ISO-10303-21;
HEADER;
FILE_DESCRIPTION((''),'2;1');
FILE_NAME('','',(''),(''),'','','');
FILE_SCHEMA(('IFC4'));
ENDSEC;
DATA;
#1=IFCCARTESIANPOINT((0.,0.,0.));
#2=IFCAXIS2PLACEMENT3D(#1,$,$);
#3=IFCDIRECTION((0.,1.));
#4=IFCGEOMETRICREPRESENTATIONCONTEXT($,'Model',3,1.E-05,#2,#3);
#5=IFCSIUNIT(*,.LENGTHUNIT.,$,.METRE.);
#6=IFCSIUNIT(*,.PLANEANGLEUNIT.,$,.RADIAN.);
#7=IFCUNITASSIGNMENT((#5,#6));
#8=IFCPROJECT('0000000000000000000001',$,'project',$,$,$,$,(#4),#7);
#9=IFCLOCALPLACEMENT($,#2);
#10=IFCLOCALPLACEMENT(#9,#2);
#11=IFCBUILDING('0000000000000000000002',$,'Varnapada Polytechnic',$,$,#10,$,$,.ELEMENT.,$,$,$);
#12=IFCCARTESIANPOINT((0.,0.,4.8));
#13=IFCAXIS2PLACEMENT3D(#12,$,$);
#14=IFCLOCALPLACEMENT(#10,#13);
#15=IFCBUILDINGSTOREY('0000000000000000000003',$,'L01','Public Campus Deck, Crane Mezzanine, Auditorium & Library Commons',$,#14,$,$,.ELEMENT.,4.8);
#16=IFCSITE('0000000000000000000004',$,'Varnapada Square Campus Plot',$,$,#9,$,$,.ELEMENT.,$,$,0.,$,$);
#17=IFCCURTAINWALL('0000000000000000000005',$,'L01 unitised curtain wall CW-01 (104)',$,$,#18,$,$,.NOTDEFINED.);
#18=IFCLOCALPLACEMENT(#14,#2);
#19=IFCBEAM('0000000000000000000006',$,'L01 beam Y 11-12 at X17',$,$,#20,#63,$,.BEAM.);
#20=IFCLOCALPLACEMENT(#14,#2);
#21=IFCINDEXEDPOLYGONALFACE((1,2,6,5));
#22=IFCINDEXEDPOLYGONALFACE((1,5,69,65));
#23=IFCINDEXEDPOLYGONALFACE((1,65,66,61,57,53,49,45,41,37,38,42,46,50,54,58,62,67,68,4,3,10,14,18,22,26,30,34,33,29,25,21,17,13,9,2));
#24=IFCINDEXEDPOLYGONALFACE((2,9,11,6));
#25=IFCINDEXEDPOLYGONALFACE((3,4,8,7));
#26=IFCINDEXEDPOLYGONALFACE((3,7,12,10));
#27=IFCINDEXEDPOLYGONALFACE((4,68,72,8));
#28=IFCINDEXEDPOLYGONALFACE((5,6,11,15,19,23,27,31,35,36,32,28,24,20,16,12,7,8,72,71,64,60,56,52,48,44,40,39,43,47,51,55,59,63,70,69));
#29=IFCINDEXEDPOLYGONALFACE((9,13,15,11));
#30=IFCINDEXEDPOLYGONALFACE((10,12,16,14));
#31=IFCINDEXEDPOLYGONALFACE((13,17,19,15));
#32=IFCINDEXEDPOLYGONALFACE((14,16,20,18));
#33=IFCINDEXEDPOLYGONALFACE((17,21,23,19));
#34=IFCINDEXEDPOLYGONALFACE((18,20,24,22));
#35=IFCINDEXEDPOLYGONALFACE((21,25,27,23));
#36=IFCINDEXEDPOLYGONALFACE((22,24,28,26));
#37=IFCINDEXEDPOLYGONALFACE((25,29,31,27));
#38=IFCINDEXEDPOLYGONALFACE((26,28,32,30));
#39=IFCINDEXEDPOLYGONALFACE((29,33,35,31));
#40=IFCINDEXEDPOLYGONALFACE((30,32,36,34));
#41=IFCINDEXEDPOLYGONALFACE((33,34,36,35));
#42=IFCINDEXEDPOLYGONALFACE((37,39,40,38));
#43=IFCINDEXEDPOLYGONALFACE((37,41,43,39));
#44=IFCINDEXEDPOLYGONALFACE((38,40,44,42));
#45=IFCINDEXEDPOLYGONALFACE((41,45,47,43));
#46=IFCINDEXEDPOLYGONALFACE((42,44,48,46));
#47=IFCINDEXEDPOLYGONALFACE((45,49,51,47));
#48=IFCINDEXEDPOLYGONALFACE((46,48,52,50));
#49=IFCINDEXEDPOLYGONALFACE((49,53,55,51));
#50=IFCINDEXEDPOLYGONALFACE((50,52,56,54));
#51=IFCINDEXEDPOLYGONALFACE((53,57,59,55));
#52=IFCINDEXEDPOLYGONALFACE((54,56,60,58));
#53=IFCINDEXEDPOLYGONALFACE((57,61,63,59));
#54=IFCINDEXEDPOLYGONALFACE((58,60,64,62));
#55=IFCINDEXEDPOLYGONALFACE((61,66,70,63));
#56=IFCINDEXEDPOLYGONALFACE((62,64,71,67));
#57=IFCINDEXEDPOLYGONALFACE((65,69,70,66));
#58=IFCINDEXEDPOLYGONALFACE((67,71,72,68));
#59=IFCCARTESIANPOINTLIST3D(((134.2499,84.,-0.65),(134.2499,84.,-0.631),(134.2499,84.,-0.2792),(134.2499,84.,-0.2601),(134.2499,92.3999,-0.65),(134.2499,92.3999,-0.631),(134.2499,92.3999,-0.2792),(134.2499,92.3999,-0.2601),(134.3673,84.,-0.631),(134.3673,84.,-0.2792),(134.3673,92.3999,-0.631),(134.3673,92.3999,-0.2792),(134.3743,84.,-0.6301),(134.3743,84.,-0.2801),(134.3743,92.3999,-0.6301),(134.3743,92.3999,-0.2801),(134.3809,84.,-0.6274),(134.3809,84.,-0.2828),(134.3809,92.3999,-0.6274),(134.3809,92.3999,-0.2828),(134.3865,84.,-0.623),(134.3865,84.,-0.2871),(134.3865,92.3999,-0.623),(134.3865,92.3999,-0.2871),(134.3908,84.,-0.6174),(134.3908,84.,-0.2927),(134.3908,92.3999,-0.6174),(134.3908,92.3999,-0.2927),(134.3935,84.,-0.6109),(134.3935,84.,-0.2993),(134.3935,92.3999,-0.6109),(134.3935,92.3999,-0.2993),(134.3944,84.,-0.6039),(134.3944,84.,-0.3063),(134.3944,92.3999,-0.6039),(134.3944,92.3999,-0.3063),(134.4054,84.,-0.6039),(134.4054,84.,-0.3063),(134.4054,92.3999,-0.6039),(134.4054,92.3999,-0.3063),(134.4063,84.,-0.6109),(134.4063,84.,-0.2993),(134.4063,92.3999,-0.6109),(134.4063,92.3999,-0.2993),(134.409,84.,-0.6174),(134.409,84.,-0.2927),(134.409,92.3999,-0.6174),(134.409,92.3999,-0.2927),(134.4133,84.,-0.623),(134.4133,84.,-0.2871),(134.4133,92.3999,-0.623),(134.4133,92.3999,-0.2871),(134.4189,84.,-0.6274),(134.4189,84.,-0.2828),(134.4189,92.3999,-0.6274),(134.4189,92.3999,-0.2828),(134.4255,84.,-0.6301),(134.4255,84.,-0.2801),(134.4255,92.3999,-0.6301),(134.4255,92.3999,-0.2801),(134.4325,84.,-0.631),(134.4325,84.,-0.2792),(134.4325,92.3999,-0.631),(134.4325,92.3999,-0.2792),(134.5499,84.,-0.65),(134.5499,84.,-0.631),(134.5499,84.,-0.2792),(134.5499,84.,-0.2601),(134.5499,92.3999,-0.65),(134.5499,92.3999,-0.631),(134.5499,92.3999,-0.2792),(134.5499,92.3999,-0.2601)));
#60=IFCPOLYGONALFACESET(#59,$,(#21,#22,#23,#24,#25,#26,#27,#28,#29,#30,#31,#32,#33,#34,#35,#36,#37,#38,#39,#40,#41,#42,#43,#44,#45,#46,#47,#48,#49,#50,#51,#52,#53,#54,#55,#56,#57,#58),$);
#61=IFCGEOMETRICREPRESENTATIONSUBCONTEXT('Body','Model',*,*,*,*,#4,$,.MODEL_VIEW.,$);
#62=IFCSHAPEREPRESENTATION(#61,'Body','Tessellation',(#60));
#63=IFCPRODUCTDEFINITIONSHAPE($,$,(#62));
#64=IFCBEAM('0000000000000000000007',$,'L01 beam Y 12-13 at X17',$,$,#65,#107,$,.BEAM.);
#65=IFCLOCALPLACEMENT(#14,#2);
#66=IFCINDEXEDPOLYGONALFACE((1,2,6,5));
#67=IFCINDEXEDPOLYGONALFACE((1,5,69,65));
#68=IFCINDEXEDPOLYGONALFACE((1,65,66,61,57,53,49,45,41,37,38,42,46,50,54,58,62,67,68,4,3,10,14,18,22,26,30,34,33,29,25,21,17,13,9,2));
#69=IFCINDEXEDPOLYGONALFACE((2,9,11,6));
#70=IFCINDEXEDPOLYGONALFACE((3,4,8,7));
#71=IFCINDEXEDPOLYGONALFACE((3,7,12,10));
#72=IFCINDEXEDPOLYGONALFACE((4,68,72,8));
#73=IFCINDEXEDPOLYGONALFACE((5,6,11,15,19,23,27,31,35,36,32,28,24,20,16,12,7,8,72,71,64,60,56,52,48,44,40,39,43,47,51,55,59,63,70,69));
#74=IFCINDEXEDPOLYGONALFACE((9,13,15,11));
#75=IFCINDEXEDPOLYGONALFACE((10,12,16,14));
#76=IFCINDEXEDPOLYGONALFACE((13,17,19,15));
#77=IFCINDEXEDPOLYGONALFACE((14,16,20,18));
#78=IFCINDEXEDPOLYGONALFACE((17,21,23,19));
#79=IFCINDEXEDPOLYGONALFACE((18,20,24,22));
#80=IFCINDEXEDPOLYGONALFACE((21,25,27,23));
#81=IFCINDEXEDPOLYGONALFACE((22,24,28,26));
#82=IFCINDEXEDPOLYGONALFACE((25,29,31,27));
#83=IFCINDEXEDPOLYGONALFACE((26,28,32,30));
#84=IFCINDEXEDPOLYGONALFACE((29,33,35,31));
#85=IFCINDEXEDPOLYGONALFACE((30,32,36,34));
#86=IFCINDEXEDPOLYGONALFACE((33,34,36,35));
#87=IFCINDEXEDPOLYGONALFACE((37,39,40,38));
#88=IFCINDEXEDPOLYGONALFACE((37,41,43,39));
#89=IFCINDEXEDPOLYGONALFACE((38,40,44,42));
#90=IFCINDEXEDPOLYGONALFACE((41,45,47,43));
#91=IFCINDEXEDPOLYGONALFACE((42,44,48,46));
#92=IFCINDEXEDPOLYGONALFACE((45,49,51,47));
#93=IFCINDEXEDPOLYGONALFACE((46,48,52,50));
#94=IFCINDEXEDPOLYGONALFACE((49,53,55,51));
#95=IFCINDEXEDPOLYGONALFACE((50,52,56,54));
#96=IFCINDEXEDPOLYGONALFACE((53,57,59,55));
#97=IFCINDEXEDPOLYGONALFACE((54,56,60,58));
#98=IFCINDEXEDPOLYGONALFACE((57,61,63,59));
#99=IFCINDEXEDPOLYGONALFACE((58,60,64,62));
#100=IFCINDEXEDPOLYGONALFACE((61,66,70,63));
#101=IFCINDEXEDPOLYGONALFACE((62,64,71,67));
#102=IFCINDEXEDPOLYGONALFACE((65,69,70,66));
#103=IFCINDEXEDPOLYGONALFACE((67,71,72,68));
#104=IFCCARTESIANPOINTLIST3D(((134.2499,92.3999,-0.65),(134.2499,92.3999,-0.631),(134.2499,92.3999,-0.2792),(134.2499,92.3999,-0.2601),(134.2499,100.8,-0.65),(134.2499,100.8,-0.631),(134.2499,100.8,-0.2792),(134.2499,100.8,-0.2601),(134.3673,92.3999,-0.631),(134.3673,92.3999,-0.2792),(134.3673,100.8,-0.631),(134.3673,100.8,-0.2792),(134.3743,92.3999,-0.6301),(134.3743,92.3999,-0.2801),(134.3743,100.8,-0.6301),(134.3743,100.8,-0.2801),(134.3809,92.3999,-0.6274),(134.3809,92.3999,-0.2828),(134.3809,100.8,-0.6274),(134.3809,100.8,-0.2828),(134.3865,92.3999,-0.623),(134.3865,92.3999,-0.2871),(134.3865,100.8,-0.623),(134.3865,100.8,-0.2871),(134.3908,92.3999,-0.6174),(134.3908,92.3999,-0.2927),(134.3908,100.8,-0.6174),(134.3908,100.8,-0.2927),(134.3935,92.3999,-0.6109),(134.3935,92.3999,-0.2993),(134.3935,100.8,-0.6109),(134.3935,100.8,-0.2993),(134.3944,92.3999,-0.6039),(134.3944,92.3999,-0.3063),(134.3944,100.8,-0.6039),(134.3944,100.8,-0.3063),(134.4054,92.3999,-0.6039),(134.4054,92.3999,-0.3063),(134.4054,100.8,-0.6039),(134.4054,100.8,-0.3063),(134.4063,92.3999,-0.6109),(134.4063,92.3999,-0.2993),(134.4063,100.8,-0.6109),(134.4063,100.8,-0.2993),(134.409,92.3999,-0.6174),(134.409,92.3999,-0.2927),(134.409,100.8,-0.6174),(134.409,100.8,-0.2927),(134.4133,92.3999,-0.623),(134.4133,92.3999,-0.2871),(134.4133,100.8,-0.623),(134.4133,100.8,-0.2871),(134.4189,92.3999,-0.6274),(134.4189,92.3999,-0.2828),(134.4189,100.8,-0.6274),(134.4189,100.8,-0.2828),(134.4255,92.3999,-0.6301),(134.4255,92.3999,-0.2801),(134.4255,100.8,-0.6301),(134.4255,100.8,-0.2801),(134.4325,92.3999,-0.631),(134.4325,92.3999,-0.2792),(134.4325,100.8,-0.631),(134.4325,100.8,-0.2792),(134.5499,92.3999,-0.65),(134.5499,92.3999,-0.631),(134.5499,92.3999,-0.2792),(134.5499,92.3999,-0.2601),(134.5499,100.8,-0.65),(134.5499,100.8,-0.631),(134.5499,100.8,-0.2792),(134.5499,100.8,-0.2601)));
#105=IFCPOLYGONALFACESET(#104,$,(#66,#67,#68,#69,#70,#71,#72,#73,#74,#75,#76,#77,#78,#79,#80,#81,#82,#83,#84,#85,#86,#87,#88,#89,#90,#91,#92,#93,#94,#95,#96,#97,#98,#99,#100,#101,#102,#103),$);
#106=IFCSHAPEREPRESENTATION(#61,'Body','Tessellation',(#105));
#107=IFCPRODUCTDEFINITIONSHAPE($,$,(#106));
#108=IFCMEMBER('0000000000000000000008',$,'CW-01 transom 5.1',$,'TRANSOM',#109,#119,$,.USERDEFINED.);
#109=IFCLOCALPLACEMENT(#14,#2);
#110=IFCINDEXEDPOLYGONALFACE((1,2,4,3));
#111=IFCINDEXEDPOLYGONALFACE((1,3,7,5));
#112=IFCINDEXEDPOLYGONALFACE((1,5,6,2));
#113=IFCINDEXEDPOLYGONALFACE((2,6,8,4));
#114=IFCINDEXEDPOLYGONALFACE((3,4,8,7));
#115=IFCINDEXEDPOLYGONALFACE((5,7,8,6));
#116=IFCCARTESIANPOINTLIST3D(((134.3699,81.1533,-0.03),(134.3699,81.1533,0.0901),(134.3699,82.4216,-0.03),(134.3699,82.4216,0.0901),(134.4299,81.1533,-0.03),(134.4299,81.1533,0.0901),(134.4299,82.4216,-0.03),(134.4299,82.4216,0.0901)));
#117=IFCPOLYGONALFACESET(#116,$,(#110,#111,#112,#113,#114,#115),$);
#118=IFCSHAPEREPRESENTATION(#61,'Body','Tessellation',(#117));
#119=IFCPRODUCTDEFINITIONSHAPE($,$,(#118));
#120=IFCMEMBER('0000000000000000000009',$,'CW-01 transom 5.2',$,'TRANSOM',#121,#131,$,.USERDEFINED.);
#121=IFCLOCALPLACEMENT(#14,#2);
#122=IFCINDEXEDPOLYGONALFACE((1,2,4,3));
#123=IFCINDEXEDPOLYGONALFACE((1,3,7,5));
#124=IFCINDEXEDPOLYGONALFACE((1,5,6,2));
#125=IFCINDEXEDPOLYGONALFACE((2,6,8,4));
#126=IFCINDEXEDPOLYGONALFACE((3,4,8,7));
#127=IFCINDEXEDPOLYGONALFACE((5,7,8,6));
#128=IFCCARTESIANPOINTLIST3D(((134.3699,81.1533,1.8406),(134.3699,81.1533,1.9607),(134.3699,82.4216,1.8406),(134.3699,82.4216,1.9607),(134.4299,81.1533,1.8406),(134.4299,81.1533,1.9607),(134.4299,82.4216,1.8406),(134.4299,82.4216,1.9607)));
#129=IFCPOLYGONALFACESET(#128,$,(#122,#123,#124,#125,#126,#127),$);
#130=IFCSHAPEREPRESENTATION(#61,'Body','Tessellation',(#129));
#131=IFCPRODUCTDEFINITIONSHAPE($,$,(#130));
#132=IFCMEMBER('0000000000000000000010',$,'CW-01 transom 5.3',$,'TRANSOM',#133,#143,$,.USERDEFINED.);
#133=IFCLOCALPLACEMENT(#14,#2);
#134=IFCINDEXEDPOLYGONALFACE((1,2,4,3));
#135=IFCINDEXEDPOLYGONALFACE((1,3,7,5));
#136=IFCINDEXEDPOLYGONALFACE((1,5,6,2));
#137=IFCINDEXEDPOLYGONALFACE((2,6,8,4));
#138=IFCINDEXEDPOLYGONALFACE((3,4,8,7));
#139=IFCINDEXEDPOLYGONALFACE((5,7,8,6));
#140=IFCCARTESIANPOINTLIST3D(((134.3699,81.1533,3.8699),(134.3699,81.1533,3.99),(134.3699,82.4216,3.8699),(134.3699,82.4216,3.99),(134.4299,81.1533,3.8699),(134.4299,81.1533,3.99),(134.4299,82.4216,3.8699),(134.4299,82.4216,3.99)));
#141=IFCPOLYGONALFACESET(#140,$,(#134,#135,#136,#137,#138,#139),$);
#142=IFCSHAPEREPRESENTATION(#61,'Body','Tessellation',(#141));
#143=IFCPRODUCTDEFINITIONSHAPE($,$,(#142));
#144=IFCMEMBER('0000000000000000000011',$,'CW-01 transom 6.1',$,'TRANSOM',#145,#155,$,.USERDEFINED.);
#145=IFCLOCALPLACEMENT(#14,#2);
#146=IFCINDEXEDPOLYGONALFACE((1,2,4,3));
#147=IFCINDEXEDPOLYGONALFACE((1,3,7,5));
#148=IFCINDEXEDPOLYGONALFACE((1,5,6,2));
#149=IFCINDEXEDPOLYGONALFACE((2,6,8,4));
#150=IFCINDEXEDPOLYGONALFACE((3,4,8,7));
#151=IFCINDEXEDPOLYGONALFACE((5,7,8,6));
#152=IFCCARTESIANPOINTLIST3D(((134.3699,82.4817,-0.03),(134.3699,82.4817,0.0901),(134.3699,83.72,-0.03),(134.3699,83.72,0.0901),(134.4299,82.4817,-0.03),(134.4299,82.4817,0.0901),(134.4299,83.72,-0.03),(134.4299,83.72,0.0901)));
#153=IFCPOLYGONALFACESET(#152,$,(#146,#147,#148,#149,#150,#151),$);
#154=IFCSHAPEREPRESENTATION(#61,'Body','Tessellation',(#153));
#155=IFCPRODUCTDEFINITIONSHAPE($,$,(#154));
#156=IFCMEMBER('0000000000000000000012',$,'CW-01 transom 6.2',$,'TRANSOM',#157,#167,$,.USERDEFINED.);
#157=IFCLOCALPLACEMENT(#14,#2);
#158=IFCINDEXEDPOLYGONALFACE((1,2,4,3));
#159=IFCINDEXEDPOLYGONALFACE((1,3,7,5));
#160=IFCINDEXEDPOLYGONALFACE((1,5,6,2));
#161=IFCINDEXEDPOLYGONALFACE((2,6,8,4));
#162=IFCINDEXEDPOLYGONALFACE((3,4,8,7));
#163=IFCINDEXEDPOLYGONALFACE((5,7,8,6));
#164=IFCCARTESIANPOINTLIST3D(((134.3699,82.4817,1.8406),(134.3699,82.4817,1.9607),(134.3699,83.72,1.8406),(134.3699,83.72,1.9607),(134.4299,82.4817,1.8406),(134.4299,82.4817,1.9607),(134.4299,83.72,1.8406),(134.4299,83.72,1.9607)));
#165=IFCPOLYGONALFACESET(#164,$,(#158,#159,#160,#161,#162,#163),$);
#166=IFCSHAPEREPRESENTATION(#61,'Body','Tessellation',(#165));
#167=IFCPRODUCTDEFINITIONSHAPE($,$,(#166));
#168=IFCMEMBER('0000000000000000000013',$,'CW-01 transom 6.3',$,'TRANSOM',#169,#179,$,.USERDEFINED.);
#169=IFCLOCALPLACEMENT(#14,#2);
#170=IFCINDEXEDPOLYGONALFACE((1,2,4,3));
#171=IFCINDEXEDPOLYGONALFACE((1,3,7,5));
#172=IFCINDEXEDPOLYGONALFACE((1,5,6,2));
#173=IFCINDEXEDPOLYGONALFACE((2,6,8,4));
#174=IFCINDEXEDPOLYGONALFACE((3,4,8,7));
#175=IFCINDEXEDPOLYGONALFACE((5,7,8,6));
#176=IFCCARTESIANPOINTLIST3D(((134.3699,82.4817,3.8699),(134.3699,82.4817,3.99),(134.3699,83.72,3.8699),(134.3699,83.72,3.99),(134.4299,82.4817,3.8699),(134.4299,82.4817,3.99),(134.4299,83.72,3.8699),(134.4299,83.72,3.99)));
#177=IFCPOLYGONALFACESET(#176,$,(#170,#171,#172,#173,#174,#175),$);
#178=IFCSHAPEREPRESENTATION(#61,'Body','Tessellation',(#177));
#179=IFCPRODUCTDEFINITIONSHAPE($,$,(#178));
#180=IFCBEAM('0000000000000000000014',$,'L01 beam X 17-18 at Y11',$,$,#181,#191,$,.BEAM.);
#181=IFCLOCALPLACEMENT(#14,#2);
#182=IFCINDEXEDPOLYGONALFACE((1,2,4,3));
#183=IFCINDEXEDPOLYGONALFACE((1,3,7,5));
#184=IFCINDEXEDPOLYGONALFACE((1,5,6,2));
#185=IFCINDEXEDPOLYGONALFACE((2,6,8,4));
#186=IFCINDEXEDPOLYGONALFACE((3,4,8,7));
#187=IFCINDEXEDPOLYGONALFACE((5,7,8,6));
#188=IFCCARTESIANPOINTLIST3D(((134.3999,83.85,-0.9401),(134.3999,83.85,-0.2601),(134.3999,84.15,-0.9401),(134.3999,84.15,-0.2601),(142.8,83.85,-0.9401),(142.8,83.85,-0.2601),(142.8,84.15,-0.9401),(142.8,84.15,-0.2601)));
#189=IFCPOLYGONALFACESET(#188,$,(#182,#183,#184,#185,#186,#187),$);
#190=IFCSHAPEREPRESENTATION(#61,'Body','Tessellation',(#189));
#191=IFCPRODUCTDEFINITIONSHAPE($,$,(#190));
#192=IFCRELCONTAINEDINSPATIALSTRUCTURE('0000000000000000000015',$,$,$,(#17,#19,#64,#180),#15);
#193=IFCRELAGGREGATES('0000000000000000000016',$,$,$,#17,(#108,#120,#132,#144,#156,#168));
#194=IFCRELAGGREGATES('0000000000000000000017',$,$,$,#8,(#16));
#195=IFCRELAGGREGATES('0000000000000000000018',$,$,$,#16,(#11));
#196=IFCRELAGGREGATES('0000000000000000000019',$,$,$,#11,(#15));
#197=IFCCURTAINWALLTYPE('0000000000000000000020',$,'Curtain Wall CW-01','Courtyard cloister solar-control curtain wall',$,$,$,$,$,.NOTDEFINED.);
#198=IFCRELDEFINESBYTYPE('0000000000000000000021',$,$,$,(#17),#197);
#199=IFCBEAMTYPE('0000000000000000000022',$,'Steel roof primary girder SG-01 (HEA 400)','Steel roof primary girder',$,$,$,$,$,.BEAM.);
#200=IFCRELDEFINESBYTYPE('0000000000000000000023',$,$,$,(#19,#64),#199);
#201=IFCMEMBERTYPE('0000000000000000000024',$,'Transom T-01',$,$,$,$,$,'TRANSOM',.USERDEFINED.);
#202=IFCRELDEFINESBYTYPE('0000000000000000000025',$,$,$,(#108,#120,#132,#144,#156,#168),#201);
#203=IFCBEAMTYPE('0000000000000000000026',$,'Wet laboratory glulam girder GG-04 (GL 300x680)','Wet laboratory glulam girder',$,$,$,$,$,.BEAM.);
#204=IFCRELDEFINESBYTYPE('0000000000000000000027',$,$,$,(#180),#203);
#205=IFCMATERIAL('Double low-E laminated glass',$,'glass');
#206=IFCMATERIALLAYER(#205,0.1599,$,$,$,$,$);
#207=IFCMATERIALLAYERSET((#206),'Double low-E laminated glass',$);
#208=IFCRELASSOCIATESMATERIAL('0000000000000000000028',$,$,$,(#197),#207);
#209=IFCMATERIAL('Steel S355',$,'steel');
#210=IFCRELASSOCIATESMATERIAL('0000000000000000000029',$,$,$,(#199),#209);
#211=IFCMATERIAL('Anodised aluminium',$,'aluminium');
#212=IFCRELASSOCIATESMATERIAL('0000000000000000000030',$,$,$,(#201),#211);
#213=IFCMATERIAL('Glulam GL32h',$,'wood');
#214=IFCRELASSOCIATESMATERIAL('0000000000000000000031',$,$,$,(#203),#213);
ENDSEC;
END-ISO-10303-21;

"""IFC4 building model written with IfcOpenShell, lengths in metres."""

from ifc_helpers import new_model, si_unit, direction, frame, origin, origin_2d, place, context, subcontext, project, spatial, rectangle, i_section, extrude, material, layer, layer_set, material_profile, profile_set, type_object, element, aggregate, save


model = new_model("IFC4")

# Units and contexts
model_context = context("Model", 3, precision=1e-05, world=origin(), true_north=direction((0.0, 1.0)))
body_context = subcontext(model_context, "Body", "Model", "MODEL_VIEW")
ifc_project = project(units=[si_unit("LENGTHUNIT", "METRE"), si_unit("PLANEANGLEUNIT", "RADIAN")], contexts=[model_context])

# Site, building, storey
site_placement = place(None, origin())
site = spatial("IfcSite", under=ifc_project, at=site_placement, Name="Varnapada Square Campus Plot", CompositionType="ELEMENT", RefElevation=0.0)
building_placement = place(site_placement, origin())
building = spatial("IfcBuilding", under=site, at=building_placement, Name="Varnapada Polytechnic", CompositionType="ELEMENT")
storey_placement = place(building_placement, frame((0.0, 0.0, 4.8)))
storey = spatial("IfcBuildingStorey", under=building, at=storey_placement, Name="L01", Description="Public Campus Deck, Crane Mezzanine, Auditorium & Library Commons", CompositionType="ELEMENT", Elevation=4.8)

# Shared definitions
ifc_material_1 = material(Name="Steel S355", Category="steel")

# Shared definitions
ifc_material_2 = material(Name="Glulam GL32h", Category="wood")

# Curtain wall
ifc_material_3 = material(Name="Double low-E laminated glass", Category="glass")
ifc_layer_1 = layer(ifc_material_3, 0.1599)
ifc_layer_set_1 = layer_set([ifc_layer_1], Name="Double low-E laminated glass")
curtain_wall_type = type_object("IfcCurtainWallType", Name="Curtain Wall CW-01", Description="Courtyard cloister solar-control curtain wall", PredefinedType="NOTDEFINED", material=ifc_layer_set_1)
curtain_wall_placement = place(storey_placement, origin())
curtain_wall = element("IfcCurtainWall", 1, at=curtain_wall_placement, inside=storey, type_object=curtain_wall_type, Name="L01 unitised curtain wall CW-01 (104)", PredefinedType="NOTDEFINED")
ifc_material_4 = material(Name="Anodised aluminium", Category="aluminium")

# Beams
ifc_material_profile_1 = material_profile(ifc_material_1, i_section(OverallWidth=0.3, OverallDepth=0.3899, WebThickness=0.011, FlangeThickness=0.019, FilletRadius=0.0271, at=origin_2d()), Name="HEA 400")
ifc_profile_set_1 = profile_set([ifc_material_profile_1], Name="Steel S355")
beam_type_1 = type_object("IfcBeamType", Name="Steel roof primary girder SG-01 (HEA 400)", Description="Steel roof primary girder", PredefinedType="BEAM", material=ifc_profile_set_1)
beam_1_placement = place(storey_placement, frame((134.3999, 84.0, -0.4551), z_axis=(0.0, 1.0, 0.0), x_axis=(-1.0, 0.0, 0.0)))
element("IfcBeam", 2, at=beam_1_placement, inside=storey, type_object=beam_type_1, Name="L01 beam Y 11-12 at X17", PredefinedType="BEAM", context=body_context, shape_type="SweptSolid", body=[
    extrude(i_section(OverallWidth=0.3, OverallDepth=0.3899, WebThickness=0.011, FlangeThickness=0.019, FilletRadius=0.0271, at=origin_2d()), origin(), (0.0, 0.0, 1.0), 8.3999),
])
beam_2_placement = place(storey_placement, frame((134.3999, 92.3999, -0.4551), z_axis=(0.0, 1.0, 0.0), x_axis=(-1.0, 0.0, 0.0)))
element("IfcBeam", 3, at=beam_2_placement, inside=storey, type_object=beam_type_1, Name="L01 beam Y 12-13 at X17", PredefinedType="BEAM", context=body_context, shape_type="SweptSolid", body=[
    extrude(i_section(OverallWidth=0.3, OverallDepth=0.3899, WebThickness=0.011, FlangeThickness=0.019, FilletRadius=0.0271, at=origin_2d()), origin(), (0.0, 0.0, 1.0), 8.4001),
])

# Members
ifc_material_profile_2 = material_profile(ifc_material_4, rectangle(XDim=0.0601, YDim=0.1201, at=origin_2d()), Name="ALU T60x120")
ifc_profile_set_2 = profile_set([ifc_material_profile_2], Name="Anodised aluminium")
member_type_1 = type_object("IfcMemberType", Name="Transom T-01", ElementType="TRANSOM", PredefinedType="USERDEFINED", material=ifc_profile_set_2)
member_1_placement = place(storey_placement, frame((134.3999, 81.1533, 0.03), z_axis=(0.0, 1.0, 0.0), x_axis=(-1.0, 0.0, 0.0)))
member_1 = element("IfcMember", 4, at=member_1_placement, type_object=member_type_1, Name="CW-01 transom 5.1", ObjectType="TRANSOM", PredefinedType="USERDEFINED", context=body_context, shape_type="SweptSolid", body=[
    extrude(rectangle(XDim=0.0601, YDim=0.1201, at=origin_2d()), origin(), (0.0, 0.0, 1.0), 1.2683),
])
member_2_placement = place(storey_placement, frame((134.3999, 81.1533, 1.9006), z_axis=(0.0, 1.0, 0.0), x_axis=(-1.0, 0.0, 0.0)))
member_2 = element("IfcMember", 5, at=member_2_placement, type_object=member_type_1, Name="CW-01 transom 5.2", ObjectType="TRANSOM", PredefinedType="USERDEFINED", context=body_context, shape_type="SweptSolid", body=[
    extrude(rectangle(XDim=0.0601, YDim=0.1201, at=origin_2d()), origin(), (0.0, 0.0, 1.0), 1.2683),
])
member_3_placement = place(storey_placement, frame((134.3999, 81.1533, 3.9299), z_axis=(0.0, 1.0, 0.0), x_axis=(-1.0, 0.0, 0.0)))
member_3 = element("IfcMember", 6, at=member_3_placement, type_object=member_type_1, Name="CW-01 transom 5.3", ObjectType="TRANSOM", PredefinedType="USERDEFINED", context=body_context, shape_type="SweptSolid", body=[
    extrude(rectangle(XDim=0.0601, YDim=0.1201, at=origin_2d()), origin(), (0.0, 0.0, 1.0), 1.2683),
])
member_4_placement = place(storey_placement, frame((134.3999, 82.4817, 0.03), z_axis=(0.0, 1.0, 0.0), x_axis=(-1.0, 0.0, 0.0)))
member_4 = element("IfcMember", 7, at=member_4_placement, type_object=member_type_1, Name="CW-01 transom 6.1", ObjectType="TRANSOM", PredefinedType="USERDEFINED", context=body_context, shape_type="SweptSolid", body=[
    extrude(rectangle(XDim=0.0601, YDim=0.1201, at=origin_2d()), origin(), (0.0, 0.0, 1.0), 1.2383),
])
member_5_placement = place(storey_placement, frame((134.3999, 82.4817, 1.9006), z_axis=(0.0, 1.0, 0.0), x_axis=(-1.0, 0.0, 0.0)))
member_5 = element("IfcMember", 8, at=member_5_placement, type_object=member_type_1, Name="CW-01 transom 6.2", ObjectType="TRANSOM", PredefinedType="USERDEFINED", context=body_context, shape_type="SweptSolid", body=[
    extrude(rectangle(XDim=0.0601, YDim=0.1201, at=origin_2d()), origin(), (0.0, 0.0, 1.0), 1.2383),
])
member_6_placement = place(storey_placement, frame((134.3999, 82.4817, 3.9299), z_axis=(0.0, 1.0, 0.0), x_axis=(-1.0, 0.0, 0.0)))
member_6 = element("IfcMember", 9, at=member_6_placement, type_object=member_type_1, Name="CW-01 transom 6.3", ObjectType="TRANSOM", PredefinedType="USERDEFINED", context=body_context, shape_type="SweptSolid", body=[
    extrude(rectangle(XDim=0.0601, YDim=0.1201, at=origin_2d()), origin(), (0.0, 0.0, 1.0), 1.2383),
])

# Beam
ifc_material_profile_3 = material_profile(ifc_material_2, rectangle(XDim=0.3, YDim=0.6799, at=origin_2d()), Name="GL 300x680")
ifc_profile_set_3 = profile_set([ifc_material_profile_3], Name="Glulam GL32h")
beam_type_2 = type_object("IfcBeamType", Name="Wet laboratory glulam girder GG-04 (GL 300x680)", Description="Wet laboratory glulam girder", PredefinedType="BEAM", material=ifc_profile_set_3)
for number, where, z_axis, x_axis, name in (
    (10, (134.3999, 84.0, -0.6001), (1.0, 0.0, 0.0), (0.0, 1.0, 0.0), "L01 beam X 17-18 at Y11"),
):
    element("IfcBeam", number, at=place(storey_placement, frame(where, z_axis=z_axis, x_axis=x_axis)), inside=storey, type_object=beam_type_2, Name=name, PredefinedType="BEAM", context=body_context, shape_type="SweptSolid", body=[
        extrude(rectangle(XDim=0.3, YDim=0.6799, at=origin_2d()), origin(), (0.0, 0.0, 1.0), 8.4001),
    ])

aggregate(curtain_wall, [member_1, member_2, member_3, member_4, member_5, member_6])

save(model, "model.ifc")
